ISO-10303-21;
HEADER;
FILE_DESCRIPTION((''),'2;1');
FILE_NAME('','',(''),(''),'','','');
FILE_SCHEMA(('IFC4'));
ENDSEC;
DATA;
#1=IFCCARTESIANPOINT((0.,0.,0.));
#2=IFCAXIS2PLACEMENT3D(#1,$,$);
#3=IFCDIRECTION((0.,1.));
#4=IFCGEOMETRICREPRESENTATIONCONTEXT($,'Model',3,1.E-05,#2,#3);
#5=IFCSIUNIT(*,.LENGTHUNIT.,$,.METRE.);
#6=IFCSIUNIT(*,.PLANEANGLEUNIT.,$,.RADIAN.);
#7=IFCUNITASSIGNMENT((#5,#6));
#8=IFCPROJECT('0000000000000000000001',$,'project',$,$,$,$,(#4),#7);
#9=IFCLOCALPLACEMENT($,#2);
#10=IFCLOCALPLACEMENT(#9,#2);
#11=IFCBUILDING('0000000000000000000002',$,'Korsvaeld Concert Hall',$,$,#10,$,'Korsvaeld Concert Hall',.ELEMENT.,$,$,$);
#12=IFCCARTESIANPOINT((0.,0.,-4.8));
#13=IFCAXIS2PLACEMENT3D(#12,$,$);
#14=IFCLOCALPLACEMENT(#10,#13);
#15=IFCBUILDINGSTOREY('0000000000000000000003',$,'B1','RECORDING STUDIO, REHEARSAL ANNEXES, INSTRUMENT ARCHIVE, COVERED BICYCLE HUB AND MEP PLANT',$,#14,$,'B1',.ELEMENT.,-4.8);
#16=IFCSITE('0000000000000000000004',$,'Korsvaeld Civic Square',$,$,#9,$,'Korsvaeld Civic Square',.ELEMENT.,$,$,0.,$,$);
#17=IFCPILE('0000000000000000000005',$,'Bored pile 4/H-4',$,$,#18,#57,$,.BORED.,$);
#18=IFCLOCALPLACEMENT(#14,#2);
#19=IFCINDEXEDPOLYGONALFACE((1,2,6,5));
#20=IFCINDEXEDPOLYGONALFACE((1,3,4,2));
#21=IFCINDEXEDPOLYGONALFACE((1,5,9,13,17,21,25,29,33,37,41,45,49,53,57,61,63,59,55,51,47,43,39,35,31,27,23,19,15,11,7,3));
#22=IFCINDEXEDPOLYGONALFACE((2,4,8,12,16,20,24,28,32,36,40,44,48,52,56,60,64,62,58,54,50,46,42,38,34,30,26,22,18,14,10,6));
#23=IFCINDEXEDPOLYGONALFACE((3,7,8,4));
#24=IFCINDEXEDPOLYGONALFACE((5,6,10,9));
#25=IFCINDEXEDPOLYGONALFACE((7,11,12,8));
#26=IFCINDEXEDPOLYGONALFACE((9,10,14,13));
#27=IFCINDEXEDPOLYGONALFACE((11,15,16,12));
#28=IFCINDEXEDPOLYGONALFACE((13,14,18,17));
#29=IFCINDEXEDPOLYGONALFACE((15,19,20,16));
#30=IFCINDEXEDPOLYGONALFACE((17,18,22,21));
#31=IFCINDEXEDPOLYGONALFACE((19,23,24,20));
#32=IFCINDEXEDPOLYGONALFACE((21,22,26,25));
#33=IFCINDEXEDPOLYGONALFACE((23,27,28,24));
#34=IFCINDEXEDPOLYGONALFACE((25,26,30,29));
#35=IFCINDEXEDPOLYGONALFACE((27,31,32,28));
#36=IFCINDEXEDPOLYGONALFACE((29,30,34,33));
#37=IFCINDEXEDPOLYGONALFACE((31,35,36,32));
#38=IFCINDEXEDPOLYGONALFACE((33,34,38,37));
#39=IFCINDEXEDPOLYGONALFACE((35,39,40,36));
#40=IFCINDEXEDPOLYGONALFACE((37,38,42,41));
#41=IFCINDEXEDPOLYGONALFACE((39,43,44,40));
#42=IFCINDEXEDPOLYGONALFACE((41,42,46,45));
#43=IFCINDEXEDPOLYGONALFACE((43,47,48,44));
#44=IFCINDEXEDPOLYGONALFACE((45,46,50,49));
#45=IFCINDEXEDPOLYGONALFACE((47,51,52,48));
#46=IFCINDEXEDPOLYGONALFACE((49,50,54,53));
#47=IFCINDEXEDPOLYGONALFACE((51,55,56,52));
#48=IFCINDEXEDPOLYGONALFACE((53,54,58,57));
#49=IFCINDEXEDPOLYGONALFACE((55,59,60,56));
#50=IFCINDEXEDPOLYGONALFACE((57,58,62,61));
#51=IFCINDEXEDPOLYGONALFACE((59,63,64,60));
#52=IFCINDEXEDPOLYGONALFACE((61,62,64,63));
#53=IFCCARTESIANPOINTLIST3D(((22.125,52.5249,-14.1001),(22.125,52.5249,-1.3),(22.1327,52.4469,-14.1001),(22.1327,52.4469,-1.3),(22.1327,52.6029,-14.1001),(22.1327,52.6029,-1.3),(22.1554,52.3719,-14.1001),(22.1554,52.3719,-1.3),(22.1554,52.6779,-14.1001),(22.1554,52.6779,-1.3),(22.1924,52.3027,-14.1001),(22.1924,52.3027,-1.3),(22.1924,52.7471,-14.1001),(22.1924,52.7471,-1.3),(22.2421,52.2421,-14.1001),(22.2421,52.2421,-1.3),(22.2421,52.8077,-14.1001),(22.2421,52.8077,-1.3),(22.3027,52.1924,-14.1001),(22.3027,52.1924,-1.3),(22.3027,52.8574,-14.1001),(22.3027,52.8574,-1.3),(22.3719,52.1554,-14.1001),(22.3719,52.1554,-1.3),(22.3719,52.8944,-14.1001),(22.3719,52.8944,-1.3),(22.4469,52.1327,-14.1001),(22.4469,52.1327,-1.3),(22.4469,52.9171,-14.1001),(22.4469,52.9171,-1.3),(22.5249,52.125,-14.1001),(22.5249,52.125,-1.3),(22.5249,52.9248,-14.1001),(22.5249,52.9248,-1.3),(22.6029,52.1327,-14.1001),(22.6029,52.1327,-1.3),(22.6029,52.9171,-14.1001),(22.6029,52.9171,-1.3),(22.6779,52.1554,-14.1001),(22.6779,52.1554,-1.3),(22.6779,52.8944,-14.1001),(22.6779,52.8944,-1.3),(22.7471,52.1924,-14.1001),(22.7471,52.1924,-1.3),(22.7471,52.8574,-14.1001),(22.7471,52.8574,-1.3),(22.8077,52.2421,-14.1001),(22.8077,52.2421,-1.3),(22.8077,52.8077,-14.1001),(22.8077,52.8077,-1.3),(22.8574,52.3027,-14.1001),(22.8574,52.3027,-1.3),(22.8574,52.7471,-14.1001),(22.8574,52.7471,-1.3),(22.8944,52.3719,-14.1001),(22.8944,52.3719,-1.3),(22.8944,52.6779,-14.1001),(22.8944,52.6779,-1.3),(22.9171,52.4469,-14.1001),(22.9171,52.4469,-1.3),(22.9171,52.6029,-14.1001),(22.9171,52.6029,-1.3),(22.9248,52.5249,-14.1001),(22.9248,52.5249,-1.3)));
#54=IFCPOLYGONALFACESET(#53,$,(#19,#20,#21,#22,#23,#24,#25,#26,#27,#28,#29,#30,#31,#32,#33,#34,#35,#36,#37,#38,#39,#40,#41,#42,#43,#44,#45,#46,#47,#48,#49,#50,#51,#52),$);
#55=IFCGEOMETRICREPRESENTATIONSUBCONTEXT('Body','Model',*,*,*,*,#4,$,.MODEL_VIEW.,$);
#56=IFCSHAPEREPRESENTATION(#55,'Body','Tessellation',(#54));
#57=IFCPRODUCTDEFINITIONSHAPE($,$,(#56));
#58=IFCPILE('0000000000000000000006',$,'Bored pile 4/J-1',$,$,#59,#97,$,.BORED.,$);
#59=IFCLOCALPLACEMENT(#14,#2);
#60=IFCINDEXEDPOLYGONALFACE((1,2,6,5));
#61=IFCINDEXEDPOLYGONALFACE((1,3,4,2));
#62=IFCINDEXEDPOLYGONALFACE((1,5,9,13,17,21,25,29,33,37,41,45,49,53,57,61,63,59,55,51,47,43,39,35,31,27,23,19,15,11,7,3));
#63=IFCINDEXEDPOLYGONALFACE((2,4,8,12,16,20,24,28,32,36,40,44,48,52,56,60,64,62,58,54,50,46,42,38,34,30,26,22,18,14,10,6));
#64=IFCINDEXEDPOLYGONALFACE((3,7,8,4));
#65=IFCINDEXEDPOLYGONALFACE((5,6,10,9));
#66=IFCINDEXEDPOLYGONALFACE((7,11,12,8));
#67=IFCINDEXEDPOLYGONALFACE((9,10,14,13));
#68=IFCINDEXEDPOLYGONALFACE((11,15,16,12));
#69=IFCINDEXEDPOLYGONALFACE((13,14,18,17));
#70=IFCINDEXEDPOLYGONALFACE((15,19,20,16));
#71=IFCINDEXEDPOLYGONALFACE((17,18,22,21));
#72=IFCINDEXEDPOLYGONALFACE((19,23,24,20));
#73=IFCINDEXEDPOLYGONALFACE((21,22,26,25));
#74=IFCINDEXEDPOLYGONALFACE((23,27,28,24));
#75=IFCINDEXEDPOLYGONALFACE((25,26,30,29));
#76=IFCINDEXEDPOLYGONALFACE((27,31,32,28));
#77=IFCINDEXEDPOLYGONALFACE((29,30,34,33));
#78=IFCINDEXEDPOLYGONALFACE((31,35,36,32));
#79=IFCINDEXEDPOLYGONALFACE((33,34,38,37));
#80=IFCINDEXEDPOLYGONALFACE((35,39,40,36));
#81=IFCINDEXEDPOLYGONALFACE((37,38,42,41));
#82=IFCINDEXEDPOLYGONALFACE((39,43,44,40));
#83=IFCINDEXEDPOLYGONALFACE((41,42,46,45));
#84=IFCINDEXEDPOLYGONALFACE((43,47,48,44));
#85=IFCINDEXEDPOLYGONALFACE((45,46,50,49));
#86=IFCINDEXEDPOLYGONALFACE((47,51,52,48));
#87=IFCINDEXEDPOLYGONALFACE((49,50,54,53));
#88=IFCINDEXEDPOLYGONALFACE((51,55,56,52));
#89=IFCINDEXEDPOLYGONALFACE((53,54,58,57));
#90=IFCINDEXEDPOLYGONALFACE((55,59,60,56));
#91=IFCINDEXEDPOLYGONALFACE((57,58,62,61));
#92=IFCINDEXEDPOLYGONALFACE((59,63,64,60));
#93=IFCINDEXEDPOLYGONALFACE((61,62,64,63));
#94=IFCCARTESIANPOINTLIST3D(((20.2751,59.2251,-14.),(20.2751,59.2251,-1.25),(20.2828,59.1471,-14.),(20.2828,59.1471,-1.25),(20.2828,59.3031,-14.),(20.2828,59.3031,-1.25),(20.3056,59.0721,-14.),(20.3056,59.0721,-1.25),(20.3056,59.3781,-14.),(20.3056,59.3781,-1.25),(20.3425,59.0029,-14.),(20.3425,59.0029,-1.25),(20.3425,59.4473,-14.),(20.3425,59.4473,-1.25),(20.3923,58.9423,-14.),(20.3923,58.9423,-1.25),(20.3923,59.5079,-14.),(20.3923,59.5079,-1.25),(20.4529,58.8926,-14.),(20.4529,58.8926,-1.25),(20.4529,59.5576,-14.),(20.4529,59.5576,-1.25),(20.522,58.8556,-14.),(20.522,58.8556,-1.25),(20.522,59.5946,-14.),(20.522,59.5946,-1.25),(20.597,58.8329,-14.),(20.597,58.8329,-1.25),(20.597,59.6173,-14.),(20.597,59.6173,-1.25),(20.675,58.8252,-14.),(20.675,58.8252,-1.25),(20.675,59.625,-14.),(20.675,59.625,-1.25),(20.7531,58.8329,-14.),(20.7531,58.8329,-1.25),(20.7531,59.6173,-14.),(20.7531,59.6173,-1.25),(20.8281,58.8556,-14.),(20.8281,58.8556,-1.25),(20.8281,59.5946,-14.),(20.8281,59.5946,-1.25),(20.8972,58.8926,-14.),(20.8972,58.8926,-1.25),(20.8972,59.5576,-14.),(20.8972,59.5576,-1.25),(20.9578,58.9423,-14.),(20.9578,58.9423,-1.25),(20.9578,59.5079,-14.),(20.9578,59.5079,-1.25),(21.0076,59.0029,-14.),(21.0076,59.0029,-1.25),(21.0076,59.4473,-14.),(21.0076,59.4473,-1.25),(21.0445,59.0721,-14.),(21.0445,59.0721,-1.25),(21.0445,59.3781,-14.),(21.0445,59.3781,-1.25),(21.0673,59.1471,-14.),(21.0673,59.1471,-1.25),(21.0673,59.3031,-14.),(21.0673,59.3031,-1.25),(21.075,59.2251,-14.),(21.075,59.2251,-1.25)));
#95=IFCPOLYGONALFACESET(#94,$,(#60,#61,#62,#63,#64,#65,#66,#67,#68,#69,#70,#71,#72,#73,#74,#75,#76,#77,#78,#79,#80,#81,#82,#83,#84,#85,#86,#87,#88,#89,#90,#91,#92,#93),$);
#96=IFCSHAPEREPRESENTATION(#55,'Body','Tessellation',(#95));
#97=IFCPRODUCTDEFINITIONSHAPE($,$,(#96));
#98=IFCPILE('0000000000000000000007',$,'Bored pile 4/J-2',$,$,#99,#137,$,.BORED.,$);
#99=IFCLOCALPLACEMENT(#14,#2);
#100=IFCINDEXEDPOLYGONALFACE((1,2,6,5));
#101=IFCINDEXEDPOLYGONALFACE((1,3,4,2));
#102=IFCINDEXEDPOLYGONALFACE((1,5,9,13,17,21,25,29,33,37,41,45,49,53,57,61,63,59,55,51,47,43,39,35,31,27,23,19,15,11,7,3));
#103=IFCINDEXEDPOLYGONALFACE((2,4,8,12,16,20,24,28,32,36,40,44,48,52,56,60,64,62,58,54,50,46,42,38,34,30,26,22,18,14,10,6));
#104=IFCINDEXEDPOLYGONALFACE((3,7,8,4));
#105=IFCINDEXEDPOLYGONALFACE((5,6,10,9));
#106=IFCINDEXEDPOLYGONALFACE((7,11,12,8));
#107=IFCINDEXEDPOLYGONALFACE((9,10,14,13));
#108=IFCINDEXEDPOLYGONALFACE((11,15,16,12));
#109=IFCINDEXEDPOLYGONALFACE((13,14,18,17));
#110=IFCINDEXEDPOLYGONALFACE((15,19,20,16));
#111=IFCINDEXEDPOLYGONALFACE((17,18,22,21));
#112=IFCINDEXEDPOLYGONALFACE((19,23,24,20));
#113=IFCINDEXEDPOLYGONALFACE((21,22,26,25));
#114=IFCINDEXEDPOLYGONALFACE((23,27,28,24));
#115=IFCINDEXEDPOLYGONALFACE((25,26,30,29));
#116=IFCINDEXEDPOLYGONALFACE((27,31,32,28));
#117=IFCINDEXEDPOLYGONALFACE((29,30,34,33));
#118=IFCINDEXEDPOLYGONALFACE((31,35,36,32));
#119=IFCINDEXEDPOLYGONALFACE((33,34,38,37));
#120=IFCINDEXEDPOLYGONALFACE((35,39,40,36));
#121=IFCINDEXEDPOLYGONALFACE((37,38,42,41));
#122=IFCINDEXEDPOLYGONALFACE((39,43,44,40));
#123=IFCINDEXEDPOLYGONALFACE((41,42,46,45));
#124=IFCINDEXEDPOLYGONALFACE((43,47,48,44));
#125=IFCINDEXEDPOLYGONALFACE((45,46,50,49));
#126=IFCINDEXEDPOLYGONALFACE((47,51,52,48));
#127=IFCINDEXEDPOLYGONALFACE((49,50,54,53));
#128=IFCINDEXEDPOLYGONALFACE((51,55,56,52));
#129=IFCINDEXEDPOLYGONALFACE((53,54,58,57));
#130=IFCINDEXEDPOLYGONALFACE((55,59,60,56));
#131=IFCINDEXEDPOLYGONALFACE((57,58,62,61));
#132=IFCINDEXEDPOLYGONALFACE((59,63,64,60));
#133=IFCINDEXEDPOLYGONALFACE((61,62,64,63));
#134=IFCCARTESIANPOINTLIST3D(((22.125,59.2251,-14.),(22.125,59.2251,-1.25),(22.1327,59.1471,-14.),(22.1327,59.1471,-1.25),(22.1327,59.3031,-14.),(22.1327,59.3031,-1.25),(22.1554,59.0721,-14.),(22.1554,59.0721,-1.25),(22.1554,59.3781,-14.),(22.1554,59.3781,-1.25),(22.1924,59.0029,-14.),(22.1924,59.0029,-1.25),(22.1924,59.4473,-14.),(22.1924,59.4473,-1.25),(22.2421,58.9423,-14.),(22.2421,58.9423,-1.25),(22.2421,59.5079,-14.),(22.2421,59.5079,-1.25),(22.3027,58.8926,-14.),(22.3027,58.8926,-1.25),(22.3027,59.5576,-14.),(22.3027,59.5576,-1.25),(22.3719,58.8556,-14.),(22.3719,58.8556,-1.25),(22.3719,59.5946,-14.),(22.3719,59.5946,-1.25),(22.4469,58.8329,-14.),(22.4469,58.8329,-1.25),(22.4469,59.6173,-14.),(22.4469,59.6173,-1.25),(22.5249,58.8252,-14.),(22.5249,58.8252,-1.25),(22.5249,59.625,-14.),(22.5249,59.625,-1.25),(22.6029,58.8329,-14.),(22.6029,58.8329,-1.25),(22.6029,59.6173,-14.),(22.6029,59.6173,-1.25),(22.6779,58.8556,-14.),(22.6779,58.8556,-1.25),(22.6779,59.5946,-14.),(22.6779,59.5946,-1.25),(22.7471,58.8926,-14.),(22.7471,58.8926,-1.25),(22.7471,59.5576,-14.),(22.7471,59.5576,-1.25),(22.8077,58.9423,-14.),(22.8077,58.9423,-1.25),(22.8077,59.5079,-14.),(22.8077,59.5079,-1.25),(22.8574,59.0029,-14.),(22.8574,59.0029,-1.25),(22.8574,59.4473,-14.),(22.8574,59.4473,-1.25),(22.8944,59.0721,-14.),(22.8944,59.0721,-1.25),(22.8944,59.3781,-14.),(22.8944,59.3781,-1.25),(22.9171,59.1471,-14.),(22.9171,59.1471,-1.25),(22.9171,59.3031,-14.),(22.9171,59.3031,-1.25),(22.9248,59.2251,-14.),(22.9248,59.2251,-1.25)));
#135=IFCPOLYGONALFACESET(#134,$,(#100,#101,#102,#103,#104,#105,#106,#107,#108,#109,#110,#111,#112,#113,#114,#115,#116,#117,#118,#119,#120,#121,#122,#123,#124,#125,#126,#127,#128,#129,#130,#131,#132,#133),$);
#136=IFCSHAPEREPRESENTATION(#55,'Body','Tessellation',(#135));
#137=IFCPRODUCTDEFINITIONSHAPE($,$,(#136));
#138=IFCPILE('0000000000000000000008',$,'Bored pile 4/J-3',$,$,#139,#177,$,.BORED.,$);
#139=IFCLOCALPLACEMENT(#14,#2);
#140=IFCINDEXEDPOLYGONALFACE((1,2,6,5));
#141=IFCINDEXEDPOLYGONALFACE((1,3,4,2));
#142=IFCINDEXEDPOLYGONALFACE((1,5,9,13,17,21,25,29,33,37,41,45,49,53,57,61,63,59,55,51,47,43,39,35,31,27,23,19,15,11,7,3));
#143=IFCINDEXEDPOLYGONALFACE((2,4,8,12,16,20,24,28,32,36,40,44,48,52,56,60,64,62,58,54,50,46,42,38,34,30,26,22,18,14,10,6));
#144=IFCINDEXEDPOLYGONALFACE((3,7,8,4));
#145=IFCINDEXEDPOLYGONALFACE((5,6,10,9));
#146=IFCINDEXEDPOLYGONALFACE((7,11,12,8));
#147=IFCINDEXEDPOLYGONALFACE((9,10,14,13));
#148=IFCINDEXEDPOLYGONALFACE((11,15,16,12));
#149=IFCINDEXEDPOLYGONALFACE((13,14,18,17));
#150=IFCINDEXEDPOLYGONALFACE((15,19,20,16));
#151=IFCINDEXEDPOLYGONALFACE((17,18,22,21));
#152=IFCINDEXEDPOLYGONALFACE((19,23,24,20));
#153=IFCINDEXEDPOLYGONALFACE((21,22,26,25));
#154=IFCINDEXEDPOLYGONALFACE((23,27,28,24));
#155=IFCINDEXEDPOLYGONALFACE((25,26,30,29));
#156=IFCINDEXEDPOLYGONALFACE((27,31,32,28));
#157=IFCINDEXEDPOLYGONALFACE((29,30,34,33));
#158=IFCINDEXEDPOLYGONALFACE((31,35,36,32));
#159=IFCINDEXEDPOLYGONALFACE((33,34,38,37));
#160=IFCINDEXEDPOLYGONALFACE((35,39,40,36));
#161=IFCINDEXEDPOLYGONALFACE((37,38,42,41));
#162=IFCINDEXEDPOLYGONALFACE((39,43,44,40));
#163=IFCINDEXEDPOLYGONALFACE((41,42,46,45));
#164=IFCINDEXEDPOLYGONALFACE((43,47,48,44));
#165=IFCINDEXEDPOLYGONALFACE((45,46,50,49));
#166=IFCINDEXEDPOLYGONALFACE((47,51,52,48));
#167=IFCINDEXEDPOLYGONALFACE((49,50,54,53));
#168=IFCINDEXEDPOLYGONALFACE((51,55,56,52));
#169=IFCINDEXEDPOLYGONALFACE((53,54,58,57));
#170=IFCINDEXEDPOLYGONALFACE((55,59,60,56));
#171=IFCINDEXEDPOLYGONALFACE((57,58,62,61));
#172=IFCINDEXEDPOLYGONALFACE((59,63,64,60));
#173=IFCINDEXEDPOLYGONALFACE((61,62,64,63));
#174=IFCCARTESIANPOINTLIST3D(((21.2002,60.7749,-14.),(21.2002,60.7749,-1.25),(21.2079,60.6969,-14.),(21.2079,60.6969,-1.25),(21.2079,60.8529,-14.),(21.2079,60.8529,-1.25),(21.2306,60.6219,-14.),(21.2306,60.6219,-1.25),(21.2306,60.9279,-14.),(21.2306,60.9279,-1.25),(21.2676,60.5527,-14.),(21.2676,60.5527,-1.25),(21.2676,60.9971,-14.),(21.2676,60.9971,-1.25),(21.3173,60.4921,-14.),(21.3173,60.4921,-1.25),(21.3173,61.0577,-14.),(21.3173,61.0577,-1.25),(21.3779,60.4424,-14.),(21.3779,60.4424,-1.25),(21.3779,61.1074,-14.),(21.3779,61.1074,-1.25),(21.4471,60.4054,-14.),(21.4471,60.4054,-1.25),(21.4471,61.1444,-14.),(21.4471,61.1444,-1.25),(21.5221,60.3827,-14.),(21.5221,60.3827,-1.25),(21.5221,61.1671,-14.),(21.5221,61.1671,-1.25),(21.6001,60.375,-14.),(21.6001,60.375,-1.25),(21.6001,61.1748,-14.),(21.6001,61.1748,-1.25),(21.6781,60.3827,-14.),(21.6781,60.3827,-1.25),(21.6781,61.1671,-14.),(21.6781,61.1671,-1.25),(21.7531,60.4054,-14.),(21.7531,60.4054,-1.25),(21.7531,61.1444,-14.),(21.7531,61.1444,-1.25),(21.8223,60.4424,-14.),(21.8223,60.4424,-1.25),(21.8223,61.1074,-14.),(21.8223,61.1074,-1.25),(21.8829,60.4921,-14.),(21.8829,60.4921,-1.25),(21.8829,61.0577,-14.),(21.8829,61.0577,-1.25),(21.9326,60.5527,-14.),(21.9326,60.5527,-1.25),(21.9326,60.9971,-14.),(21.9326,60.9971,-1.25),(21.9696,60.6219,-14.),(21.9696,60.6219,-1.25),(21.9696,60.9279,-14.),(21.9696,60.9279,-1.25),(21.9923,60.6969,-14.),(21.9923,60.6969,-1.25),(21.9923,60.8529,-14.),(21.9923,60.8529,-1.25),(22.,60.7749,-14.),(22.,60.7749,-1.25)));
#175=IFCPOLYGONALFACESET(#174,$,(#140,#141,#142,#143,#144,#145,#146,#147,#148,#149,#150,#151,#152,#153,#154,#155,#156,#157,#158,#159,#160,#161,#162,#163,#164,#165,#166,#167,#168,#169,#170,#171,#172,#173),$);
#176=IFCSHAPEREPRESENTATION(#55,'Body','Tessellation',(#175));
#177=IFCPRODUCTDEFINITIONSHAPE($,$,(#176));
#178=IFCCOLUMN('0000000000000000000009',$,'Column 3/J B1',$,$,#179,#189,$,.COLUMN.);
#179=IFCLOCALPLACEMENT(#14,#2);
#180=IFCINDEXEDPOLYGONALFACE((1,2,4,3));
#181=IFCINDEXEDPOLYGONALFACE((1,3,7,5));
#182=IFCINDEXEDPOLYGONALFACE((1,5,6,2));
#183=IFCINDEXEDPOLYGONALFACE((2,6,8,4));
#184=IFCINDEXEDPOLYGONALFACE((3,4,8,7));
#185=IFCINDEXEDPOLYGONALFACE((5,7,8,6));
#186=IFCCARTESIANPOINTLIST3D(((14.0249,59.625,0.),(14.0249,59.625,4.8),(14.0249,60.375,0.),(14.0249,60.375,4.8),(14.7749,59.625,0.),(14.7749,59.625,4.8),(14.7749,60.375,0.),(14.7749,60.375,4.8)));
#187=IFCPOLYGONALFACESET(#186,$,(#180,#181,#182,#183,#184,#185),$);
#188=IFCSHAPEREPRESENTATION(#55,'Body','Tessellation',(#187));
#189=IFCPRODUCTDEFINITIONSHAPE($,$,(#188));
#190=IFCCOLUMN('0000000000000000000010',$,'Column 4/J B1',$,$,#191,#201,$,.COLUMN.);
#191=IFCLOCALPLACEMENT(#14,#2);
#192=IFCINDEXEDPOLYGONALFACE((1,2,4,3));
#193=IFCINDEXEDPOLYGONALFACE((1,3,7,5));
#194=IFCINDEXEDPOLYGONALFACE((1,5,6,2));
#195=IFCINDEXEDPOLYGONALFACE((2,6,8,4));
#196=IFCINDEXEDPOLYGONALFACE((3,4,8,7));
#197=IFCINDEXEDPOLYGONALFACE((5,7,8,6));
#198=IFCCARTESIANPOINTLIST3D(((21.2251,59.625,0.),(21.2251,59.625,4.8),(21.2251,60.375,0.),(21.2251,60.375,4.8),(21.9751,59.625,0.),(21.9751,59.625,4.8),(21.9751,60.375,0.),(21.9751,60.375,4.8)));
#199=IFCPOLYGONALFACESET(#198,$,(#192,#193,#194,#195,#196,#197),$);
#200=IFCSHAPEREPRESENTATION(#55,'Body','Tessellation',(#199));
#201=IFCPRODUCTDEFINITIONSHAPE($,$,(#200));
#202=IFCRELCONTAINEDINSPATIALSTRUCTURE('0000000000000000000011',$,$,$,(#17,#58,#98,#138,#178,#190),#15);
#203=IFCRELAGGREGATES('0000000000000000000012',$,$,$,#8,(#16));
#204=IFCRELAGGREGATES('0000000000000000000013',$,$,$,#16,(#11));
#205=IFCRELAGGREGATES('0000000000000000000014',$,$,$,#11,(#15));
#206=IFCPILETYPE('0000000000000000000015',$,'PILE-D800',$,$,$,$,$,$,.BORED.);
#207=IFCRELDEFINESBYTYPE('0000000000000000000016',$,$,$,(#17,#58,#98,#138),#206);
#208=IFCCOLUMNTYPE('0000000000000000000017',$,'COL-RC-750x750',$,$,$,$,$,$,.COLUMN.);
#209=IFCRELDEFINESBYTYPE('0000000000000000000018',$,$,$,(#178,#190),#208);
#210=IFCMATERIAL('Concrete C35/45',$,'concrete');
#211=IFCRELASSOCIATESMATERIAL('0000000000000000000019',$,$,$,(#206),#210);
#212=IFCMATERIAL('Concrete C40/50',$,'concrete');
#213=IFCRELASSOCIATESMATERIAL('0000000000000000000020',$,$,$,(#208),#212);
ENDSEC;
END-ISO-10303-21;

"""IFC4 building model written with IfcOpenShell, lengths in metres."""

from ifc_helpers import new_model, si_unit, direction, frame, origin, origin_2d, place, context, subcontext, project, spatial, rectangle, circle, extrude, material, material_profile, profile_set, type_object, element, save


model = new_model("IFC4")

# Units and contexts
model_context = context("Model", 3, precision=1e-05, world=origin(), true_north=direction((0.0, 1.0)))
body_context = subcontext(model_context, "Body", "Model", "MODEL_VIEW")
ifc_project = project(units=[si_unit("LENGTHUNIT", "METRE"), si_unit("PLANEANGLEUNIT", "RADIAN")], contexts=[model_context])

# Site, building, storey
site_placement = place(None, origin())
site = spatial("IfcSite", under=ifc_project, at=site_placement, Name="Korsvaeld Civic Square", LongName="Korsvaeld Civic Square", CompositionType="ELEMENT", RefElevation=0.0)
building_placement = place(site_placement, origin())
building = spatial("IfcBuilding", under=site, at=building_placement, Name="Korsvaeld Concert Hall", LongName="Korsvaeld Concert Hall", CompositionType="ELEMENT")
storey_placement = place(building_placement, frame((0.0, 0.0, -4.8)))
storey = spatial("IfcBuildingStorey", under=building, at=storey_placement, Name="B1", Description="RECORDING STUDIO, REHEARSAL ANNEXES, INSTRUMENT ARCHIVE, COVERED BICYCLE HUB AND MEP PLANT", LongName="B1", CompositionType="ELEMENT", Elevation=-4.8)

# Shared definitions
ifc_material_1 = material(Name="Concrete C35/45", Category="concrete")

# Piles
ifc_material_profile_1 = material_profile(ifc_material_1, circle(Radius=0.3999, at=origin_2d()), Name="BORED PILE D800")
ifc_profile_set_1 = profile_set([ifc_material_profile_1], Name="Concrete C35/45")
pile_type = type_object("IfcPileType", Name="PILE-D800", PredefinedType="BORED", material=ifc_profile_set_1)
for number, where, z_axis, x_axis, name in (
    (1, (22.5249, 52.5249, -1.3), (0.0, 0.0, -1.0), (1.0, 0.0, 0.0), "Bored pile 4/H-4"),
):
    element("IfcPile", number, at=place(storey_placement, frame(where, z_axis=z_axis, x_axis=x_axis)), inside=storey, type_object=pile_type, Name=name, PredefinedType="BORED", context=body_context, shape_type="SweptSolid", body=[
        extrude(circle(Radius=0.3999, at=origin_2d()), origin(), (0.0, 0.0, 1.0), 12.8),
    ])
for number, where, z_axis, x_axis, name in (
    (2, (20.675, 59.2251, -1.25), (0.0, 0.0, -1.0), (1.0, 0.0, 0.0), "Bored pile 4/J-1"),
    (3, (22.5249, 59.2251, -1.25), (0.0, 0.0, -1.0), (1.0, 0.0, 0.0), "Bored pile 4/J-2"),
    (4, (21.6001, 60.7749, -1.25), (0.0, 0.0, -1.0), (1.0, 0.0, 0.0), "Bored pile 4/J-3"),
):
    element("IfcPile", number, at=place(storey_placement, frame(where, z_axis=z_axis, x_axis=x_axis)), inside=storey, type_object=pile_type, Name=name, PredefinedType="BORED", context=body_context, shape_type="SweptSolid", body=[
        extrude(circle(Radius=0.3999, at=origin_2d()), origin(), (0.0, 0.0, 1.0), 12.75),
    ])

# Columns
ifc_material_2 = material(Name="Concrete C40/50", Category="concrete")
ifc_material_profile_2 = material_profile(ifc_material_2, rectangle(XDim=0.75, YDim=0.75, at=origin_2d()), Name="RC 750x750")
ifc_profile_set_2 = profile_set([ifc_material_profile_2], Name="Concrete C40/50")
column_type = type_object("IfcColumnType", Name="COL-RC-750x750", PredefinedType="COLUMN", material=ifc_profile_set_2)
for number, where, z_axis, x_axis, name in (
    (5, (14.3999, 60.0, 0.0), (0.0, 0.0, 1.0), (1.0, 0.0, 0.0), "Column 3/J B1"),
    (6, (21.6001, 60.0, 0.0), (0.0, 0.0, 1.0), (1.0, 0.0, 0.0), "Column 4/J B1"),
):
    element("IfcColumn", number, at=place(storey_placement, frame(where, z_axis=z_axis, x_axis=x_axis)), inside=storey, type_object=column_type, Name=name, PredefinedType="COLUMN", context=body_context, shape_type="SweptSolid", body=[
        extrude(rectangle(XDim=0.75, YDim=0.75, at=origin_2d()), origin(), (0.0, 0.0, 1.0), 4.8),
    ])

save(model, "model.ifc")
